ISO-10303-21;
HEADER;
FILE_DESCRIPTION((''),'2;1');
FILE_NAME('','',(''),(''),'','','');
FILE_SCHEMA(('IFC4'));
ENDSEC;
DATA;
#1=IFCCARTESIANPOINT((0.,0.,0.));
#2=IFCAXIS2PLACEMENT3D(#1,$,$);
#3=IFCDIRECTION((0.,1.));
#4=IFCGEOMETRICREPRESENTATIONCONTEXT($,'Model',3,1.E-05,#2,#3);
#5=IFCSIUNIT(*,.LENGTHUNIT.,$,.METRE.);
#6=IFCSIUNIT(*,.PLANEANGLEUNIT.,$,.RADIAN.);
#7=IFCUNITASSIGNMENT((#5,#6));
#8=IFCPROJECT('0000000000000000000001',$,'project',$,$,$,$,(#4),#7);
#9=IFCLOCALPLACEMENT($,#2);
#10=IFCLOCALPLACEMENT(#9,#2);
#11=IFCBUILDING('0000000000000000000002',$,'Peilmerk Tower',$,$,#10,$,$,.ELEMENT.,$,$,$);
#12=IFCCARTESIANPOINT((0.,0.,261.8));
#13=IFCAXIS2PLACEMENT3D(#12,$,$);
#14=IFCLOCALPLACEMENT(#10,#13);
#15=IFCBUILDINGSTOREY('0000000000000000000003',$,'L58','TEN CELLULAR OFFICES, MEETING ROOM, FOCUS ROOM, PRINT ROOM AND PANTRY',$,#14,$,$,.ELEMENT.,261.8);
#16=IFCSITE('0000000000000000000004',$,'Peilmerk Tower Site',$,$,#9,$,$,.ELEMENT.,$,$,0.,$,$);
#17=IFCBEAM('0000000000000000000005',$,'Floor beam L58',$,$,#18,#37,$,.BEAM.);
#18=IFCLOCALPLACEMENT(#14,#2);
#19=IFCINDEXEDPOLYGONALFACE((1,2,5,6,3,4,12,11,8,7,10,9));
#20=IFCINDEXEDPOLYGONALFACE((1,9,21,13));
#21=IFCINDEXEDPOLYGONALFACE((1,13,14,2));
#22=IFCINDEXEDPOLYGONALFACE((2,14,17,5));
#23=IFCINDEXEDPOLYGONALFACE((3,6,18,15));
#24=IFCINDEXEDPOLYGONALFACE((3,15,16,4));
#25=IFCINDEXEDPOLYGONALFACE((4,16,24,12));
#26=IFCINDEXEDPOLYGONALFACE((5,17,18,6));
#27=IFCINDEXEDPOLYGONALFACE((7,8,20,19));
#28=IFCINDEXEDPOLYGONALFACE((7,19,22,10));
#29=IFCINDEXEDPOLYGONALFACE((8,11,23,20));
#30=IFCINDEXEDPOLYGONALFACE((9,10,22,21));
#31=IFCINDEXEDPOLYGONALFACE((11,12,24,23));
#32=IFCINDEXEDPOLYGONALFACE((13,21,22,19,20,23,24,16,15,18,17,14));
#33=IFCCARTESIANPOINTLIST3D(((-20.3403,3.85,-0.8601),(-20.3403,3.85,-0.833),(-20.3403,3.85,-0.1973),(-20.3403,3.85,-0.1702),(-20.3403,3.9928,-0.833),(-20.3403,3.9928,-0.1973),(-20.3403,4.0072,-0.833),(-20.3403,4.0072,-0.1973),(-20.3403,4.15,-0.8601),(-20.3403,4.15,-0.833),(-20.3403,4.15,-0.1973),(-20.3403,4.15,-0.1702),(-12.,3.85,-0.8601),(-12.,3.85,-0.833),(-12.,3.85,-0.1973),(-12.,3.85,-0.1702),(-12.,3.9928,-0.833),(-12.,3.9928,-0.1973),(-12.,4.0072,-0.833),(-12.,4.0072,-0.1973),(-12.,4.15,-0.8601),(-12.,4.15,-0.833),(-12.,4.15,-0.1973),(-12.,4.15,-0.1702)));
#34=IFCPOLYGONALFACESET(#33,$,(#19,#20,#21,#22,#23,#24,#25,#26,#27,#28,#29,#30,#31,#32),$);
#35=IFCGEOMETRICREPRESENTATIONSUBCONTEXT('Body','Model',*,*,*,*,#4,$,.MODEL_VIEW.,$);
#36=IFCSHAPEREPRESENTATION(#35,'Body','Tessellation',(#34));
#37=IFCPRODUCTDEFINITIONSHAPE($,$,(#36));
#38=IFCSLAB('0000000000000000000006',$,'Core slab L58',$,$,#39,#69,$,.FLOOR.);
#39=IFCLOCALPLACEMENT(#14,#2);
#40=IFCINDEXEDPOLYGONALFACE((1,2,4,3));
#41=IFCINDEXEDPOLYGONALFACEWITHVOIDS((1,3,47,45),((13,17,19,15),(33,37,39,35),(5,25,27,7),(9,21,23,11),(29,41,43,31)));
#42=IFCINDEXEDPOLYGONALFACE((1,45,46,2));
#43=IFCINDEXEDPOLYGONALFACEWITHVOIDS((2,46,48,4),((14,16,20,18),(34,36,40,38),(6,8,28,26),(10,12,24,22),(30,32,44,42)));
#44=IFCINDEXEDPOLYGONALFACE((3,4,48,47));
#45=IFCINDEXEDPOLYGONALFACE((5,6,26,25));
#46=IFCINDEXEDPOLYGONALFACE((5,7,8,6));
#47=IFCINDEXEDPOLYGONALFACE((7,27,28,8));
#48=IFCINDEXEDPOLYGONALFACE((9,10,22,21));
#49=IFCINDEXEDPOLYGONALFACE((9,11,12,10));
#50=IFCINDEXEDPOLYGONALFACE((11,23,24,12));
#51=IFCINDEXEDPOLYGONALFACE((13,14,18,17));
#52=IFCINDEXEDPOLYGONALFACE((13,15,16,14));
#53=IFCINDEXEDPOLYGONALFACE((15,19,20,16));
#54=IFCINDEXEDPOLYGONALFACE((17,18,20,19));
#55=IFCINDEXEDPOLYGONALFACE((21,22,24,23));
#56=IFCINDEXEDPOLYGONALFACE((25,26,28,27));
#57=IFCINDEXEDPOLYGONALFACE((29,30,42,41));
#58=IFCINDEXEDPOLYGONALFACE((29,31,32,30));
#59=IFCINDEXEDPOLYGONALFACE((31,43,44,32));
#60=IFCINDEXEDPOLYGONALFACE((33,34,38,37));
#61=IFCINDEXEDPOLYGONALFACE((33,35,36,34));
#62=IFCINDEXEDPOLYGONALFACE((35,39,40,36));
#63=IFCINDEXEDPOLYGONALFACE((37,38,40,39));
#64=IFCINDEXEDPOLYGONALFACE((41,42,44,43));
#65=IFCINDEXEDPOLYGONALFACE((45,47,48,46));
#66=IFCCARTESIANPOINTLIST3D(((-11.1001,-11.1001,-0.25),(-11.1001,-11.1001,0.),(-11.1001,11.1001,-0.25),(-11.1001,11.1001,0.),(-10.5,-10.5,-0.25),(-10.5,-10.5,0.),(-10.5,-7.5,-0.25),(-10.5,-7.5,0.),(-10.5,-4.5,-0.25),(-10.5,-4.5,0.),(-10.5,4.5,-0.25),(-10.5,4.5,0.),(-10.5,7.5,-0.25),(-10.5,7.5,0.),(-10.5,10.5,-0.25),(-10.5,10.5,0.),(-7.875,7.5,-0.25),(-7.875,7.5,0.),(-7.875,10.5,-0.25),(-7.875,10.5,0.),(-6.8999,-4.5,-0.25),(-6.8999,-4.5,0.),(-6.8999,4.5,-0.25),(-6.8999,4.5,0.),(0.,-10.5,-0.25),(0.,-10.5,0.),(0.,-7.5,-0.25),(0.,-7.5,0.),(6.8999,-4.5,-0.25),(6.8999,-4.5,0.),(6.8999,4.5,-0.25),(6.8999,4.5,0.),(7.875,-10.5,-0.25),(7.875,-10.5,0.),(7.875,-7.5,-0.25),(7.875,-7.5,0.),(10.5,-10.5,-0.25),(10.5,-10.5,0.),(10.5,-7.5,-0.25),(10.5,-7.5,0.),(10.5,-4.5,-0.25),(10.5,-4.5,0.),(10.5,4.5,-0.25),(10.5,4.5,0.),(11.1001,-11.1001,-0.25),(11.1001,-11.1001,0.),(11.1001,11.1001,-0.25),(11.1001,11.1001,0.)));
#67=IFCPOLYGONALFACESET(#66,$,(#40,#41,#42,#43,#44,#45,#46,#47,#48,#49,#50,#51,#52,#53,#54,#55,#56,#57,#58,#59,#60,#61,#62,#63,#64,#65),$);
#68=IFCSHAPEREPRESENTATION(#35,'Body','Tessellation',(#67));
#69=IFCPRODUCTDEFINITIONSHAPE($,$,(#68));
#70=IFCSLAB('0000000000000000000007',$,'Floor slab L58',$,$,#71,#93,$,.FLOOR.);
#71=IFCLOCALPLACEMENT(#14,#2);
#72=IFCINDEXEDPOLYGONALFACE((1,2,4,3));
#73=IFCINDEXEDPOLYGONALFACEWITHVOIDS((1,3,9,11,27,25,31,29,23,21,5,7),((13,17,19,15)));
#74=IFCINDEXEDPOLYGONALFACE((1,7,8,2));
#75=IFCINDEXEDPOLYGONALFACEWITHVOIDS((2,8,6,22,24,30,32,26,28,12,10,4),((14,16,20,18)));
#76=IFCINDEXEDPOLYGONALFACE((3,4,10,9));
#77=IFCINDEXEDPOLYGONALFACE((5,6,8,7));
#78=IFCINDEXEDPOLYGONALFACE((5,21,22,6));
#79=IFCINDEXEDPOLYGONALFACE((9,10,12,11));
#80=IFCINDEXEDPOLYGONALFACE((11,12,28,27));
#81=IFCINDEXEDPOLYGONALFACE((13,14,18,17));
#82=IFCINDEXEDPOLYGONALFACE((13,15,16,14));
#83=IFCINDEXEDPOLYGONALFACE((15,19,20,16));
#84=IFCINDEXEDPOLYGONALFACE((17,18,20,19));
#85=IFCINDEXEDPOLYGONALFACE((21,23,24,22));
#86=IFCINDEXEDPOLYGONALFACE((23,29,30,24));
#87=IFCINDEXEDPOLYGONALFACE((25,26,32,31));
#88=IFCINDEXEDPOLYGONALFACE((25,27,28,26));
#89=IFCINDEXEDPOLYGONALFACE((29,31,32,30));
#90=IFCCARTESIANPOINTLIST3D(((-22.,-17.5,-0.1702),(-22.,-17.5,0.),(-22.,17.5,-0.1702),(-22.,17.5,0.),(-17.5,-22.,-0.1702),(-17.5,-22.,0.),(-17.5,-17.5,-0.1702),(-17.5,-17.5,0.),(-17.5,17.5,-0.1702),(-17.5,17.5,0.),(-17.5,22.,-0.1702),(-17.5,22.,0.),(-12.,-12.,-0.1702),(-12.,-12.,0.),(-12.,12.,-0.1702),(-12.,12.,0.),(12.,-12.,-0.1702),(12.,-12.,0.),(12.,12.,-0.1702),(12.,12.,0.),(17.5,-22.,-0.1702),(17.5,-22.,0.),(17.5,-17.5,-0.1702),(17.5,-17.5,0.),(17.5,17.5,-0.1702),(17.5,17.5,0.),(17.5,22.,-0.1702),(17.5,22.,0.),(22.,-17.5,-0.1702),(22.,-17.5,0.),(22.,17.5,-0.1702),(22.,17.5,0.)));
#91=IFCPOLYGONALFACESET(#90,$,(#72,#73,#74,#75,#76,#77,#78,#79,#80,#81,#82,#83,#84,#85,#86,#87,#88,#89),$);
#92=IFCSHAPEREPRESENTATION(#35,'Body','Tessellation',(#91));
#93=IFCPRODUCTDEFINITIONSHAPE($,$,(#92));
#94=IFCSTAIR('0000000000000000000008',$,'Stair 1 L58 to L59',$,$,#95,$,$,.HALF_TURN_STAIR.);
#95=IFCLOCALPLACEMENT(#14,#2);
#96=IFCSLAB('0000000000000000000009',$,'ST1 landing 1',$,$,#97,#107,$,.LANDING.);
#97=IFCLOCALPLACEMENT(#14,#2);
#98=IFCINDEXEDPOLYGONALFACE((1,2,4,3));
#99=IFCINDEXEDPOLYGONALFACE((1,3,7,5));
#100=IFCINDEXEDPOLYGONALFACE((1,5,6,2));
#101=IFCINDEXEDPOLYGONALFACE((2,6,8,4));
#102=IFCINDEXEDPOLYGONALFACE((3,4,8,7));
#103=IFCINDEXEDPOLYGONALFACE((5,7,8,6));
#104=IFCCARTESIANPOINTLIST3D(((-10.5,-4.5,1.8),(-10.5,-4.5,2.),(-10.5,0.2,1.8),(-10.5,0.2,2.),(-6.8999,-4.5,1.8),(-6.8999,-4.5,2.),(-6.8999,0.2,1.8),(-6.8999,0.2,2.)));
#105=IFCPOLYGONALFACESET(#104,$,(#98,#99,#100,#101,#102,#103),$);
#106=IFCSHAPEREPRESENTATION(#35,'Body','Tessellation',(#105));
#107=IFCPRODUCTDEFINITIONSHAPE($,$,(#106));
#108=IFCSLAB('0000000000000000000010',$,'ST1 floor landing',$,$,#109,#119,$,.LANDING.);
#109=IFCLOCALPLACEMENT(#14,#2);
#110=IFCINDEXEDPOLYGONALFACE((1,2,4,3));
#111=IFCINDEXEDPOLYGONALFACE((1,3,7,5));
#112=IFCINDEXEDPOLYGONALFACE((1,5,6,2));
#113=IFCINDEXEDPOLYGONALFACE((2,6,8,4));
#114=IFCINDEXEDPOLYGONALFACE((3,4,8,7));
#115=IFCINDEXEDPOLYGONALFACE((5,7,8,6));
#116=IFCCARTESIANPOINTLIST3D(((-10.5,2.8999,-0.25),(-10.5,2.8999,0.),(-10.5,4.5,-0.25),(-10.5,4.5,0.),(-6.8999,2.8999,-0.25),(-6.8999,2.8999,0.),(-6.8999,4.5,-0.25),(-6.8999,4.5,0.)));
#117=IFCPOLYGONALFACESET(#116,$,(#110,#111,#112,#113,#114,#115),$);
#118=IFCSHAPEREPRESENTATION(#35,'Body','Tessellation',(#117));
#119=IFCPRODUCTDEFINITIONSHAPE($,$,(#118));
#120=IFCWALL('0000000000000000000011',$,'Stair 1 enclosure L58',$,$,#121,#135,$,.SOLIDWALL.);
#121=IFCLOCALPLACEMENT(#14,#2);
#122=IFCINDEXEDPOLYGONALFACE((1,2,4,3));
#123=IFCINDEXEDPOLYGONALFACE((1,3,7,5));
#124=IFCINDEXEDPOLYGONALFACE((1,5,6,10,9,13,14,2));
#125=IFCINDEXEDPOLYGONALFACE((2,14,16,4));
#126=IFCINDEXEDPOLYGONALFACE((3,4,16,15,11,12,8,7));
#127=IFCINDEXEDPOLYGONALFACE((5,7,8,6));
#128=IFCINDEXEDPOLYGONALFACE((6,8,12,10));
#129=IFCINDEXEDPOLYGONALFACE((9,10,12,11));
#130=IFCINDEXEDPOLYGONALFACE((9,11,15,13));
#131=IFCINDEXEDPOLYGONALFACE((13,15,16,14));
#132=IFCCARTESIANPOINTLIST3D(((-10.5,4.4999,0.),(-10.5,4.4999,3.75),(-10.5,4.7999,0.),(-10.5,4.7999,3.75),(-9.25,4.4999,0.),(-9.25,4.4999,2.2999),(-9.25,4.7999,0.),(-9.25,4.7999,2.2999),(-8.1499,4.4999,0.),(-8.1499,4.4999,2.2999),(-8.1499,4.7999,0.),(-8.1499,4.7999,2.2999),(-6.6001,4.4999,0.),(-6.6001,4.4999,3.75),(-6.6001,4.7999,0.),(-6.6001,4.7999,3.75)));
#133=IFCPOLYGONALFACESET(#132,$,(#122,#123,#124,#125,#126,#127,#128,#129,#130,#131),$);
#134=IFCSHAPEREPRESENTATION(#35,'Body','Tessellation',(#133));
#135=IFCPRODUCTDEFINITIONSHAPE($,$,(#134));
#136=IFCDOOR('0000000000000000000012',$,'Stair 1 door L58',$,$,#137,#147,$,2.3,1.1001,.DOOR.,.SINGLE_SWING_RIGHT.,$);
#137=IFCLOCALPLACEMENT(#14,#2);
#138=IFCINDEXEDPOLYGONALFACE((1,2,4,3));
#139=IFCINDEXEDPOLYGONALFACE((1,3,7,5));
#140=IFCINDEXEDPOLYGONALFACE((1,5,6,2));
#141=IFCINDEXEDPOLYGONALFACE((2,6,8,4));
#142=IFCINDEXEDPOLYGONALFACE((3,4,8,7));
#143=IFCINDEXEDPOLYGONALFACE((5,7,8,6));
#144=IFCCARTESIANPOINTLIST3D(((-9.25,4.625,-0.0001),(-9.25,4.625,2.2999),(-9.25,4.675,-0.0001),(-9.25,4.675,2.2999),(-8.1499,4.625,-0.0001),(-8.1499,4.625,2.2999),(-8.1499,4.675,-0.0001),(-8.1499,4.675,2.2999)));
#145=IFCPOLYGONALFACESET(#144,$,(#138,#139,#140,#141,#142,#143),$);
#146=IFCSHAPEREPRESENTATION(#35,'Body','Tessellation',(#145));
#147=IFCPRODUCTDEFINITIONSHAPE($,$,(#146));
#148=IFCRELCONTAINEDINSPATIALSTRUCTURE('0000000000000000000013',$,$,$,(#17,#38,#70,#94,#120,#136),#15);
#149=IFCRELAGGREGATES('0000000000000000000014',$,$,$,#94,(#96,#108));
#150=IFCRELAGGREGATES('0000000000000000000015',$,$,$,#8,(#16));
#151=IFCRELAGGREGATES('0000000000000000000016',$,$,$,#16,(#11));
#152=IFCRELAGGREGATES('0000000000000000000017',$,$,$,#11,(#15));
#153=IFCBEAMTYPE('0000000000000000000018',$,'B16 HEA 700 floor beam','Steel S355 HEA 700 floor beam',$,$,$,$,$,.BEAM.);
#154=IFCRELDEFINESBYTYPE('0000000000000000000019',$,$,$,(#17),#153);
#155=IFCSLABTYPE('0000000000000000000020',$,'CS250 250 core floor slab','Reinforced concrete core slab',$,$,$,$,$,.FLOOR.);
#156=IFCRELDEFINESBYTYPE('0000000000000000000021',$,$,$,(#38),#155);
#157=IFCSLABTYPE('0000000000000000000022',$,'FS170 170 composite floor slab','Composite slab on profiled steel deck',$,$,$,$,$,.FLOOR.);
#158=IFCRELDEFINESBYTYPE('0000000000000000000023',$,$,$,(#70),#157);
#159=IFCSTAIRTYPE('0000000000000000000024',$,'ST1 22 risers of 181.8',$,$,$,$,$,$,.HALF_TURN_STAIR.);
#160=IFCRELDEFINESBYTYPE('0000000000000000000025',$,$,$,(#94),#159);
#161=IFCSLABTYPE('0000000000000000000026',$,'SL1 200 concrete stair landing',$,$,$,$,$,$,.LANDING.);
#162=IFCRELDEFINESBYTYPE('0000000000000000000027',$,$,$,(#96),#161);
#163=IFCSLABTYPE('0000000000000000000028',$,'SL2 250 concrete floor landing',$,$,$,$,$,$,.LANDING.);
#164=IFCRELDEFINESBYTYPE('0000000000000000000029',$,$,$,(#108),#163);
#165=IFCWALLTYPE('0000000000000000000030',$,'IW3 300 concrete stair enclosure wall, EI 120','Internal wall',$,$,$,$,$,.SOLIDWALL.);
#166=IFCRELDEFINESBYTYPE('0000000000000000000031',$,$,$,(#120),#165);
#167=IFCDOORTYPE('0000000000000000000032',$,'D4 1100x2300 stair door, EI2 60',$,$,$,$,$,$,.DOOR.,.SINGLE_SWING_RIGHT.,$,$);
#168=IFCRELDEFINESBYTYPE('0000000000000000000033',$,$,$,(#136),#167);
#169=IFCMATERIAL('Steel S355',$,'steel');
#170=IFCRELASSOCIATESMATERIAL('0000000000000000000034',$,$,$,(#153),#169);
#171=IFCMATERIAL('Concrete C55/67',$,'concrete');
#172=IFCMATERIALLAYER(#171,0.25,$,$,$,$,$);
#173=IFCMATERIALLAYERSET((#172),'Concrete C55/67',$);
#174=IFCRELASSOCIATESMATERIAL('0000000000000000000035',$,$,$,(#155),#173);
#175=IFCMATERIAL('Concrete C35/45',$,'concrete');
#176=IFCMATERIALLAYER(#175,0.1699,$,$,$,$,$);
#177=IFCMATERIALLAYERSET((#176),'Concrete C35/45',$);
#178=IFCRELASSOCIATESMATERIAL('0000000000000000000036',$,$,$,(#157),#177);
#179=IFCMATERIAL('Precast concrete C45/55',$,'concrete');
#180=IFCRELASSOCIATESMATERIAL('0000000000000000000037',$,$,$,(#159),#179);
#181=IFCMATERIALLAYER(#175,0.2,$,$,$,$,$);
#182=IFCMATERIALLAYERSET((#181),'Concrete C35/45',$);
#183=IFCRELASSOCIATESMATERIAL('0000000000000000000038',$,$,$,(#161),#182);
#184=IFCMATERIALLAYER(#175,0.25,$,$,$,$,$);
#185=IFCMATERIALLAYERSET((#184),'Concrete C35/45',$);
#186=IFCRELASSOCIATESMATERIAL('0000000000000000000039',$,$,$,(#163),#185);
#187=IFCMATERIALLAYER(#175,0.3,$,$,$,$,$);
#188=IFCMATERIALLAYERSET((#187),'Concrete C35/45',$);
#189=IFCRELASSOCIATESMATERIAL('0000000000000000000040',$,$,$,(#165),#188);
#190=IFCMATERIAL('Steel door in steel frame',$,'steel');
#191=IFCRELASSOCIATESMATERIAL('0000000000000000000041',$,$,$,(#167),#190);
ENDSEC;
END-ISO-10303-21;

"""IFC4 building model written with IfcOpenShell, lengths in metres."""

from ifc_helpers import new_model, si_unit, direction, frame, frame_2d, origin, origin_2d, place, context, subcontext, project, spatial, polyline, rectangle, i_section, outline, extrude, material, layer, layer_set, material_profile, profile_set, type_object, element, fill, aggregate, save


model = new_model("IFC4")

# Units and contexts
model_context = context("Model", 3, precision=1e-05, world=origin(), true_north=direction((0.0, 1.0)))
body_context = subcontext(model_context, "Body", "Model", "MODEL_VIEW")
ifc_project = project(units=[si_unit("LENGTHUNIT", "METRE"), si_unit("PLANEANGLEUNIT", "RADIAN")], contexts=[model_context])

# Site, building, storey
site_placement = place(None, origin())
site = spatial("IfcSite", under=ifc_project, at=site_placement, Name="Peilmerk Tower Site", CompositionType="ELEMENT", RefElevation=0.0)
building_placement = place(site_placement, origin())
building = spatial("IfcBuilding", under=site, at=building_placement, Name="Peilmerk Tower", CompositionType="ELEMENT")
storey_placement = place(building_placement, frame((0.0, 0.0, 261.8)))
storey = spatial("IfcBuildingStorey", under=building, at=storey_placement, Name="L58", Description="TEN CELLULAR OFFICES, MEETING ROOM, FOCUS ROOM, PRINT ROOM AND PANTRY", CompositionType="ELEMENT", Elevation=261.8)

# Beam
ifc_material_1 = material(Name="Steel S355", Category="steel")
ifc_material_profile = material_profile(ifc_material_1, i_section(OverallWidth=0.3, OverallDepth=0.6899, WebThickness=0.0144, FlangeThickness=0.0271, at=origin_2d()), Name="HEA 700")
ifc_profile_set = profile_set([ifc_material_profile], Name="Steel S355")
beam_type = type_object("IfcBeamType", Name="B16 HEA 700 floor beam", Description="Steel S355 HEA 700 floor beam", PredefinedType="BEAM", material=ifc_profile_set)
beam_placement = place(storey_placement, frame((-12.0, 4.0, -0.5151), z_axis=(-1.0, 0.0, 0.0), x_axis=(0.0, -1.0, 0.0)))
element("IfcBeam", 1, at=beam_placement, inside=storey, type_object=beam_type, Name="Floor beam L58", PredefinedType="BEAM", context=body_context, shape_type="SweptSolid", body=[
    extrude(i_section(OverallWidth=0.3, OverallDepth=0.6899, WebThickness=0.0144, FlangeThickness=0.0271, at=origin_2d()), origin(), (0.0, 0.0, 1.0), 8.3403),
])

# Slabs
ifc_material_2 = material(Name="Concrete C55/67", Category="concrete")
ifc_layer_1 = layer(ifc_material_2, 0.25)
ifc_layer_set_1 = layer_set([ifc_layer_1], Name="Concrete C55/67")
slab_type_1 = type_object("IfcSlabType", Name="CS250 250 core floor slab", Description="Reinforced concrete core slab", PredefinedType="FLOOR", material=ifc_layer_set_1)
slab_1_placement = place(storey_placement, frame((0.0, 0.0, -0.25)))
element("IfcSlab", 2, at=slab_1_placement, inside=storey, type_object=slab_type_1, Name="Core slab L58", PredefinedType="FLOOR", context=body_context, shape_type="SweptSolid", body=[
    extrude(outline(polyline([(11.1001, -11.1001), (11.1001, 11.1001), (-11.1001, 11.1001), (-11.1001, -11.1001), (11.1001, -11.1001)]), holes=[polyline([(-7.875, 7.5), (-10.5, 7.5), (-10.5, 10.5), (-7.875, 10.5), (-7.875, 7.5)]), polyline([(0.0, -10.5), (-10.5, -10.5), (-10.5, -7.5), (0.0, -7.5), (0.0, -10.5)]), polyline([(7.875, -10.5), (7.875, -7.5), (10.5, -7.5), (10.5, -10.5), (7.875, -10.5)]), polyline([(-10.5, 4.5), (-6.8999, 4.5), (-6.8999, -4.5), (-10.5, -4.5), (-10.5, 4.5)]), polyline([(10.5, 4.5), (10.5, -4.5), (6.8999, -4.5), (6.8999, 4.5), (10.5, 4.5)])]), origin(), (0.0, 0.0, 1.0), 0.25),
])
ifc_material_3 = material(Name="Concrete C35/45", Category="concrete")
ifc_layer_2 = layer(ifc_material_3, 0.1699)
ifc_layer_set_2 = layer_set([ifc_layer_2], Name="Concrete C35/45")
slab_type_2 = type_object("IfcSlabType", Name="FS170 170 composite floor slab", Description="Composite slab on profiled steel deck", PredefinedType="FLOOR", material=ifc_layer_set_2)
slab_2_placement = place(storey_placement, frame((0.0, 0.0, -0.1702)))
element("IfcSlab", 3, at=slab_2_placement, inside=storey, type_object=slab_type_2, Name="Floor slab L58", PredefinedType="FLOOR", context=body_context, shape_type="SweptSolid", body=[
    extrude(outline(polyline([(-17.5, -22.0), (17.5, -22.0), (17.5, -17.5), (22.0, -17.5), (22.0, 17.5), (17.5, 17.5), (17.5, 22.0), (-17.5, 22.0), (-17.5, 17.5), (-22.0, 17.5), (-22.0, -17.5), (-17.5, -17.5), (-17.5, -22.0)]), holes=[polyline([(12.0, 12.0), (12.0, -12.0), (-12.0, -12.0), (-12.0, 12.0), (12.0, 12.0)])]), origin(), (0.0, 0.0, 1.0), 0.1702),
])

# Stair, slabs
ifc_material_4 = material(Name="Precast concrete C45/55", Category="concrete")
stair_type = type_object("IfcStairType", Name="ST1 22 risers of 181.8", PredefinedType="HALF_TURN_STAIR", material=ifc_material_4)
stair_placement = place(storey_placement, origin())
stair = element("IfcStair", 4, at=stair_placement, inside=storey, type_object=stair_type, Name="Stair 1 L58 to L59", PredefinedType="HALF_TURN_STAIR")
ifc_layer_3 = layer(ifc_material_3, 0.2)
ifc_layer_set_3 = layer_set([ifc_layer_3], Name="Concrete C35/45")
slab_type_3 = type_object("IfcSlabType", Name="SL1 200 concrete stair landing", PredefinedType="LANDING", material=ifc_layer_set_3)
slab_3_placement = place(storey_placement, frame((0.0, 0.0, 1.8)))
slab_3 = element("IfcSlab", 5, at=slab_3_placement, type_object=slab_type_3, Name="ST1 landing 1", PredefinedType="LANDING", context=body_context, shape_type="SweptSolid", body=[
    extrude(outline(polyline([(-10.5, -4.5), (-6.8999, -4.5), (-6.8999, 0.2), (-10.5, 0.2), (-10.5, -4.5)])), origin(), (0.0, 0.0, 1.0), 0.2),
])
ifc_layer_4 = layer(ifc_material_3, 0.25)
ifc_layer_set_4 = layer_set([ifc_layer_4], Name="Concrete C35/45")
slab_type_4 = type_object("IfcSlabType", Name="SL2 250 concrete floor landing", PredefinedType="LANDING", material=ifc_layer_set_4)
slab_4_placement = place(storey_placement, frame((0.0, 0.0, -0.25)))
slab_4 = element("IfcSlab", 6, at=slab_4_placement, type_object=slab_type_4, Name="ST1 floor landing", PredefinedType="LANDING", context=body_context, shape_type="SweptSolid", body=[
    extrude(outline(polyline([(-10.5, 2.8999), (-6.8999, 2.8999), (-6.8999, 4.5), (-10.5, 4.5), (-10.5, 2.8999)])), origin(), (0.0, 0.0, 1.0), 0.25),
])

# Wall, opening, door
ifc_layer_5 = layer(ifc_material_3, 0.3)
ifc_layer_set_5 = layer_set([ifc_layer_5], Name="Concrete C35/45")
wall_type_1 = type_object("IfcWallType", Name="IW3 300 concrete stair enclosure wall, EI 120", Description="Internal wall", PredefinedType="SOLIDWALL", material=ifc_layer_set_5)
wall_1_placement = place(storey_placement, frame((-10.5, 4.6499, 0.0), z_axis=(0.0, 0.0, 1.0), x_axis=(1.0, 0.0, 0.0)))
wall_1 = element("IfcWall", 7, at=wall_1_placement, inside=storey, type_object=wall_type_1, Name="Stair 1 enclosure L58", PredefinedType="SOLIDWALL", context=body_context, shape_type="SweptSolid", body=[
    extrude(rectangle(XDim=3.8999, YDim=0.3, at=frame_2d((1.95, 0.0))), origin(), (0.0, 0.0, 1.0), 3.75),
])
opening_1_placement = place(wall_1_placement, frame((1.25, 0.0, 0.0)))
opening_1 = element("IfcOpeningElement", 8, at=opening_1_placement, cuts=wall_1, PredefinedType="OPENING", context=body_context, shape_type="SweptSolid", body=[
    extrude(rectangle(XDim=1.1001, YDim=2.3, at=frame_2d((0.55, 1.1499))), frame((0.0, 0.1599, 0.0), z_axis=(0.0, -1.0, 0.0), x_axis=(1.0, 0.0, 0.0)), (0.0, 0.0, 1.0), 0.3201),
])
ifc_material_5 = material(Name="Steel door in steel frame", Category="steel")
door_type_1 = type_object("IfcDoorType", Name="D4 1100x2300 stair door, EI2 60", OperationType="SINGLE_SWING_RIGHT", PredefinedType="DOOR", material=ifc_material_5)
door_1_placement = place(opening_1_placement, frame((1.1001, 0.0, 0.0), z_axis=(0.0, 0.0, 1.0), x_axis=(-1.0, 0.0, 0.0)))
door_1 = element("IfcDoor", 9, at=door_1_placement, inside=storey, type_object=door_type_1, Name="Stair 1 door L58", OperationType="SINGLE_SWING_RIGHT", OverallHeight=2.3, OverallWidth=1.1001, PredefinedType="DOOR", context=body_context, shape_type="SweptSolid", body=[
    extrude(rectangle(XDim=1.1001, YDim=2.3, at=frame_2d((0.55, 1.1499))), frame((0.0, 0.0249, 0.0), z_axis=(0.0, -1.0, 0.0), x_axis=(1.0, 0.0, 0.0)), (0.0, 0.0, 1.0), 0.05),
])
fill(opening_1, door_1)

aggregate(stair, [slab_3, slab_4])

save(model, "model.ifc")
